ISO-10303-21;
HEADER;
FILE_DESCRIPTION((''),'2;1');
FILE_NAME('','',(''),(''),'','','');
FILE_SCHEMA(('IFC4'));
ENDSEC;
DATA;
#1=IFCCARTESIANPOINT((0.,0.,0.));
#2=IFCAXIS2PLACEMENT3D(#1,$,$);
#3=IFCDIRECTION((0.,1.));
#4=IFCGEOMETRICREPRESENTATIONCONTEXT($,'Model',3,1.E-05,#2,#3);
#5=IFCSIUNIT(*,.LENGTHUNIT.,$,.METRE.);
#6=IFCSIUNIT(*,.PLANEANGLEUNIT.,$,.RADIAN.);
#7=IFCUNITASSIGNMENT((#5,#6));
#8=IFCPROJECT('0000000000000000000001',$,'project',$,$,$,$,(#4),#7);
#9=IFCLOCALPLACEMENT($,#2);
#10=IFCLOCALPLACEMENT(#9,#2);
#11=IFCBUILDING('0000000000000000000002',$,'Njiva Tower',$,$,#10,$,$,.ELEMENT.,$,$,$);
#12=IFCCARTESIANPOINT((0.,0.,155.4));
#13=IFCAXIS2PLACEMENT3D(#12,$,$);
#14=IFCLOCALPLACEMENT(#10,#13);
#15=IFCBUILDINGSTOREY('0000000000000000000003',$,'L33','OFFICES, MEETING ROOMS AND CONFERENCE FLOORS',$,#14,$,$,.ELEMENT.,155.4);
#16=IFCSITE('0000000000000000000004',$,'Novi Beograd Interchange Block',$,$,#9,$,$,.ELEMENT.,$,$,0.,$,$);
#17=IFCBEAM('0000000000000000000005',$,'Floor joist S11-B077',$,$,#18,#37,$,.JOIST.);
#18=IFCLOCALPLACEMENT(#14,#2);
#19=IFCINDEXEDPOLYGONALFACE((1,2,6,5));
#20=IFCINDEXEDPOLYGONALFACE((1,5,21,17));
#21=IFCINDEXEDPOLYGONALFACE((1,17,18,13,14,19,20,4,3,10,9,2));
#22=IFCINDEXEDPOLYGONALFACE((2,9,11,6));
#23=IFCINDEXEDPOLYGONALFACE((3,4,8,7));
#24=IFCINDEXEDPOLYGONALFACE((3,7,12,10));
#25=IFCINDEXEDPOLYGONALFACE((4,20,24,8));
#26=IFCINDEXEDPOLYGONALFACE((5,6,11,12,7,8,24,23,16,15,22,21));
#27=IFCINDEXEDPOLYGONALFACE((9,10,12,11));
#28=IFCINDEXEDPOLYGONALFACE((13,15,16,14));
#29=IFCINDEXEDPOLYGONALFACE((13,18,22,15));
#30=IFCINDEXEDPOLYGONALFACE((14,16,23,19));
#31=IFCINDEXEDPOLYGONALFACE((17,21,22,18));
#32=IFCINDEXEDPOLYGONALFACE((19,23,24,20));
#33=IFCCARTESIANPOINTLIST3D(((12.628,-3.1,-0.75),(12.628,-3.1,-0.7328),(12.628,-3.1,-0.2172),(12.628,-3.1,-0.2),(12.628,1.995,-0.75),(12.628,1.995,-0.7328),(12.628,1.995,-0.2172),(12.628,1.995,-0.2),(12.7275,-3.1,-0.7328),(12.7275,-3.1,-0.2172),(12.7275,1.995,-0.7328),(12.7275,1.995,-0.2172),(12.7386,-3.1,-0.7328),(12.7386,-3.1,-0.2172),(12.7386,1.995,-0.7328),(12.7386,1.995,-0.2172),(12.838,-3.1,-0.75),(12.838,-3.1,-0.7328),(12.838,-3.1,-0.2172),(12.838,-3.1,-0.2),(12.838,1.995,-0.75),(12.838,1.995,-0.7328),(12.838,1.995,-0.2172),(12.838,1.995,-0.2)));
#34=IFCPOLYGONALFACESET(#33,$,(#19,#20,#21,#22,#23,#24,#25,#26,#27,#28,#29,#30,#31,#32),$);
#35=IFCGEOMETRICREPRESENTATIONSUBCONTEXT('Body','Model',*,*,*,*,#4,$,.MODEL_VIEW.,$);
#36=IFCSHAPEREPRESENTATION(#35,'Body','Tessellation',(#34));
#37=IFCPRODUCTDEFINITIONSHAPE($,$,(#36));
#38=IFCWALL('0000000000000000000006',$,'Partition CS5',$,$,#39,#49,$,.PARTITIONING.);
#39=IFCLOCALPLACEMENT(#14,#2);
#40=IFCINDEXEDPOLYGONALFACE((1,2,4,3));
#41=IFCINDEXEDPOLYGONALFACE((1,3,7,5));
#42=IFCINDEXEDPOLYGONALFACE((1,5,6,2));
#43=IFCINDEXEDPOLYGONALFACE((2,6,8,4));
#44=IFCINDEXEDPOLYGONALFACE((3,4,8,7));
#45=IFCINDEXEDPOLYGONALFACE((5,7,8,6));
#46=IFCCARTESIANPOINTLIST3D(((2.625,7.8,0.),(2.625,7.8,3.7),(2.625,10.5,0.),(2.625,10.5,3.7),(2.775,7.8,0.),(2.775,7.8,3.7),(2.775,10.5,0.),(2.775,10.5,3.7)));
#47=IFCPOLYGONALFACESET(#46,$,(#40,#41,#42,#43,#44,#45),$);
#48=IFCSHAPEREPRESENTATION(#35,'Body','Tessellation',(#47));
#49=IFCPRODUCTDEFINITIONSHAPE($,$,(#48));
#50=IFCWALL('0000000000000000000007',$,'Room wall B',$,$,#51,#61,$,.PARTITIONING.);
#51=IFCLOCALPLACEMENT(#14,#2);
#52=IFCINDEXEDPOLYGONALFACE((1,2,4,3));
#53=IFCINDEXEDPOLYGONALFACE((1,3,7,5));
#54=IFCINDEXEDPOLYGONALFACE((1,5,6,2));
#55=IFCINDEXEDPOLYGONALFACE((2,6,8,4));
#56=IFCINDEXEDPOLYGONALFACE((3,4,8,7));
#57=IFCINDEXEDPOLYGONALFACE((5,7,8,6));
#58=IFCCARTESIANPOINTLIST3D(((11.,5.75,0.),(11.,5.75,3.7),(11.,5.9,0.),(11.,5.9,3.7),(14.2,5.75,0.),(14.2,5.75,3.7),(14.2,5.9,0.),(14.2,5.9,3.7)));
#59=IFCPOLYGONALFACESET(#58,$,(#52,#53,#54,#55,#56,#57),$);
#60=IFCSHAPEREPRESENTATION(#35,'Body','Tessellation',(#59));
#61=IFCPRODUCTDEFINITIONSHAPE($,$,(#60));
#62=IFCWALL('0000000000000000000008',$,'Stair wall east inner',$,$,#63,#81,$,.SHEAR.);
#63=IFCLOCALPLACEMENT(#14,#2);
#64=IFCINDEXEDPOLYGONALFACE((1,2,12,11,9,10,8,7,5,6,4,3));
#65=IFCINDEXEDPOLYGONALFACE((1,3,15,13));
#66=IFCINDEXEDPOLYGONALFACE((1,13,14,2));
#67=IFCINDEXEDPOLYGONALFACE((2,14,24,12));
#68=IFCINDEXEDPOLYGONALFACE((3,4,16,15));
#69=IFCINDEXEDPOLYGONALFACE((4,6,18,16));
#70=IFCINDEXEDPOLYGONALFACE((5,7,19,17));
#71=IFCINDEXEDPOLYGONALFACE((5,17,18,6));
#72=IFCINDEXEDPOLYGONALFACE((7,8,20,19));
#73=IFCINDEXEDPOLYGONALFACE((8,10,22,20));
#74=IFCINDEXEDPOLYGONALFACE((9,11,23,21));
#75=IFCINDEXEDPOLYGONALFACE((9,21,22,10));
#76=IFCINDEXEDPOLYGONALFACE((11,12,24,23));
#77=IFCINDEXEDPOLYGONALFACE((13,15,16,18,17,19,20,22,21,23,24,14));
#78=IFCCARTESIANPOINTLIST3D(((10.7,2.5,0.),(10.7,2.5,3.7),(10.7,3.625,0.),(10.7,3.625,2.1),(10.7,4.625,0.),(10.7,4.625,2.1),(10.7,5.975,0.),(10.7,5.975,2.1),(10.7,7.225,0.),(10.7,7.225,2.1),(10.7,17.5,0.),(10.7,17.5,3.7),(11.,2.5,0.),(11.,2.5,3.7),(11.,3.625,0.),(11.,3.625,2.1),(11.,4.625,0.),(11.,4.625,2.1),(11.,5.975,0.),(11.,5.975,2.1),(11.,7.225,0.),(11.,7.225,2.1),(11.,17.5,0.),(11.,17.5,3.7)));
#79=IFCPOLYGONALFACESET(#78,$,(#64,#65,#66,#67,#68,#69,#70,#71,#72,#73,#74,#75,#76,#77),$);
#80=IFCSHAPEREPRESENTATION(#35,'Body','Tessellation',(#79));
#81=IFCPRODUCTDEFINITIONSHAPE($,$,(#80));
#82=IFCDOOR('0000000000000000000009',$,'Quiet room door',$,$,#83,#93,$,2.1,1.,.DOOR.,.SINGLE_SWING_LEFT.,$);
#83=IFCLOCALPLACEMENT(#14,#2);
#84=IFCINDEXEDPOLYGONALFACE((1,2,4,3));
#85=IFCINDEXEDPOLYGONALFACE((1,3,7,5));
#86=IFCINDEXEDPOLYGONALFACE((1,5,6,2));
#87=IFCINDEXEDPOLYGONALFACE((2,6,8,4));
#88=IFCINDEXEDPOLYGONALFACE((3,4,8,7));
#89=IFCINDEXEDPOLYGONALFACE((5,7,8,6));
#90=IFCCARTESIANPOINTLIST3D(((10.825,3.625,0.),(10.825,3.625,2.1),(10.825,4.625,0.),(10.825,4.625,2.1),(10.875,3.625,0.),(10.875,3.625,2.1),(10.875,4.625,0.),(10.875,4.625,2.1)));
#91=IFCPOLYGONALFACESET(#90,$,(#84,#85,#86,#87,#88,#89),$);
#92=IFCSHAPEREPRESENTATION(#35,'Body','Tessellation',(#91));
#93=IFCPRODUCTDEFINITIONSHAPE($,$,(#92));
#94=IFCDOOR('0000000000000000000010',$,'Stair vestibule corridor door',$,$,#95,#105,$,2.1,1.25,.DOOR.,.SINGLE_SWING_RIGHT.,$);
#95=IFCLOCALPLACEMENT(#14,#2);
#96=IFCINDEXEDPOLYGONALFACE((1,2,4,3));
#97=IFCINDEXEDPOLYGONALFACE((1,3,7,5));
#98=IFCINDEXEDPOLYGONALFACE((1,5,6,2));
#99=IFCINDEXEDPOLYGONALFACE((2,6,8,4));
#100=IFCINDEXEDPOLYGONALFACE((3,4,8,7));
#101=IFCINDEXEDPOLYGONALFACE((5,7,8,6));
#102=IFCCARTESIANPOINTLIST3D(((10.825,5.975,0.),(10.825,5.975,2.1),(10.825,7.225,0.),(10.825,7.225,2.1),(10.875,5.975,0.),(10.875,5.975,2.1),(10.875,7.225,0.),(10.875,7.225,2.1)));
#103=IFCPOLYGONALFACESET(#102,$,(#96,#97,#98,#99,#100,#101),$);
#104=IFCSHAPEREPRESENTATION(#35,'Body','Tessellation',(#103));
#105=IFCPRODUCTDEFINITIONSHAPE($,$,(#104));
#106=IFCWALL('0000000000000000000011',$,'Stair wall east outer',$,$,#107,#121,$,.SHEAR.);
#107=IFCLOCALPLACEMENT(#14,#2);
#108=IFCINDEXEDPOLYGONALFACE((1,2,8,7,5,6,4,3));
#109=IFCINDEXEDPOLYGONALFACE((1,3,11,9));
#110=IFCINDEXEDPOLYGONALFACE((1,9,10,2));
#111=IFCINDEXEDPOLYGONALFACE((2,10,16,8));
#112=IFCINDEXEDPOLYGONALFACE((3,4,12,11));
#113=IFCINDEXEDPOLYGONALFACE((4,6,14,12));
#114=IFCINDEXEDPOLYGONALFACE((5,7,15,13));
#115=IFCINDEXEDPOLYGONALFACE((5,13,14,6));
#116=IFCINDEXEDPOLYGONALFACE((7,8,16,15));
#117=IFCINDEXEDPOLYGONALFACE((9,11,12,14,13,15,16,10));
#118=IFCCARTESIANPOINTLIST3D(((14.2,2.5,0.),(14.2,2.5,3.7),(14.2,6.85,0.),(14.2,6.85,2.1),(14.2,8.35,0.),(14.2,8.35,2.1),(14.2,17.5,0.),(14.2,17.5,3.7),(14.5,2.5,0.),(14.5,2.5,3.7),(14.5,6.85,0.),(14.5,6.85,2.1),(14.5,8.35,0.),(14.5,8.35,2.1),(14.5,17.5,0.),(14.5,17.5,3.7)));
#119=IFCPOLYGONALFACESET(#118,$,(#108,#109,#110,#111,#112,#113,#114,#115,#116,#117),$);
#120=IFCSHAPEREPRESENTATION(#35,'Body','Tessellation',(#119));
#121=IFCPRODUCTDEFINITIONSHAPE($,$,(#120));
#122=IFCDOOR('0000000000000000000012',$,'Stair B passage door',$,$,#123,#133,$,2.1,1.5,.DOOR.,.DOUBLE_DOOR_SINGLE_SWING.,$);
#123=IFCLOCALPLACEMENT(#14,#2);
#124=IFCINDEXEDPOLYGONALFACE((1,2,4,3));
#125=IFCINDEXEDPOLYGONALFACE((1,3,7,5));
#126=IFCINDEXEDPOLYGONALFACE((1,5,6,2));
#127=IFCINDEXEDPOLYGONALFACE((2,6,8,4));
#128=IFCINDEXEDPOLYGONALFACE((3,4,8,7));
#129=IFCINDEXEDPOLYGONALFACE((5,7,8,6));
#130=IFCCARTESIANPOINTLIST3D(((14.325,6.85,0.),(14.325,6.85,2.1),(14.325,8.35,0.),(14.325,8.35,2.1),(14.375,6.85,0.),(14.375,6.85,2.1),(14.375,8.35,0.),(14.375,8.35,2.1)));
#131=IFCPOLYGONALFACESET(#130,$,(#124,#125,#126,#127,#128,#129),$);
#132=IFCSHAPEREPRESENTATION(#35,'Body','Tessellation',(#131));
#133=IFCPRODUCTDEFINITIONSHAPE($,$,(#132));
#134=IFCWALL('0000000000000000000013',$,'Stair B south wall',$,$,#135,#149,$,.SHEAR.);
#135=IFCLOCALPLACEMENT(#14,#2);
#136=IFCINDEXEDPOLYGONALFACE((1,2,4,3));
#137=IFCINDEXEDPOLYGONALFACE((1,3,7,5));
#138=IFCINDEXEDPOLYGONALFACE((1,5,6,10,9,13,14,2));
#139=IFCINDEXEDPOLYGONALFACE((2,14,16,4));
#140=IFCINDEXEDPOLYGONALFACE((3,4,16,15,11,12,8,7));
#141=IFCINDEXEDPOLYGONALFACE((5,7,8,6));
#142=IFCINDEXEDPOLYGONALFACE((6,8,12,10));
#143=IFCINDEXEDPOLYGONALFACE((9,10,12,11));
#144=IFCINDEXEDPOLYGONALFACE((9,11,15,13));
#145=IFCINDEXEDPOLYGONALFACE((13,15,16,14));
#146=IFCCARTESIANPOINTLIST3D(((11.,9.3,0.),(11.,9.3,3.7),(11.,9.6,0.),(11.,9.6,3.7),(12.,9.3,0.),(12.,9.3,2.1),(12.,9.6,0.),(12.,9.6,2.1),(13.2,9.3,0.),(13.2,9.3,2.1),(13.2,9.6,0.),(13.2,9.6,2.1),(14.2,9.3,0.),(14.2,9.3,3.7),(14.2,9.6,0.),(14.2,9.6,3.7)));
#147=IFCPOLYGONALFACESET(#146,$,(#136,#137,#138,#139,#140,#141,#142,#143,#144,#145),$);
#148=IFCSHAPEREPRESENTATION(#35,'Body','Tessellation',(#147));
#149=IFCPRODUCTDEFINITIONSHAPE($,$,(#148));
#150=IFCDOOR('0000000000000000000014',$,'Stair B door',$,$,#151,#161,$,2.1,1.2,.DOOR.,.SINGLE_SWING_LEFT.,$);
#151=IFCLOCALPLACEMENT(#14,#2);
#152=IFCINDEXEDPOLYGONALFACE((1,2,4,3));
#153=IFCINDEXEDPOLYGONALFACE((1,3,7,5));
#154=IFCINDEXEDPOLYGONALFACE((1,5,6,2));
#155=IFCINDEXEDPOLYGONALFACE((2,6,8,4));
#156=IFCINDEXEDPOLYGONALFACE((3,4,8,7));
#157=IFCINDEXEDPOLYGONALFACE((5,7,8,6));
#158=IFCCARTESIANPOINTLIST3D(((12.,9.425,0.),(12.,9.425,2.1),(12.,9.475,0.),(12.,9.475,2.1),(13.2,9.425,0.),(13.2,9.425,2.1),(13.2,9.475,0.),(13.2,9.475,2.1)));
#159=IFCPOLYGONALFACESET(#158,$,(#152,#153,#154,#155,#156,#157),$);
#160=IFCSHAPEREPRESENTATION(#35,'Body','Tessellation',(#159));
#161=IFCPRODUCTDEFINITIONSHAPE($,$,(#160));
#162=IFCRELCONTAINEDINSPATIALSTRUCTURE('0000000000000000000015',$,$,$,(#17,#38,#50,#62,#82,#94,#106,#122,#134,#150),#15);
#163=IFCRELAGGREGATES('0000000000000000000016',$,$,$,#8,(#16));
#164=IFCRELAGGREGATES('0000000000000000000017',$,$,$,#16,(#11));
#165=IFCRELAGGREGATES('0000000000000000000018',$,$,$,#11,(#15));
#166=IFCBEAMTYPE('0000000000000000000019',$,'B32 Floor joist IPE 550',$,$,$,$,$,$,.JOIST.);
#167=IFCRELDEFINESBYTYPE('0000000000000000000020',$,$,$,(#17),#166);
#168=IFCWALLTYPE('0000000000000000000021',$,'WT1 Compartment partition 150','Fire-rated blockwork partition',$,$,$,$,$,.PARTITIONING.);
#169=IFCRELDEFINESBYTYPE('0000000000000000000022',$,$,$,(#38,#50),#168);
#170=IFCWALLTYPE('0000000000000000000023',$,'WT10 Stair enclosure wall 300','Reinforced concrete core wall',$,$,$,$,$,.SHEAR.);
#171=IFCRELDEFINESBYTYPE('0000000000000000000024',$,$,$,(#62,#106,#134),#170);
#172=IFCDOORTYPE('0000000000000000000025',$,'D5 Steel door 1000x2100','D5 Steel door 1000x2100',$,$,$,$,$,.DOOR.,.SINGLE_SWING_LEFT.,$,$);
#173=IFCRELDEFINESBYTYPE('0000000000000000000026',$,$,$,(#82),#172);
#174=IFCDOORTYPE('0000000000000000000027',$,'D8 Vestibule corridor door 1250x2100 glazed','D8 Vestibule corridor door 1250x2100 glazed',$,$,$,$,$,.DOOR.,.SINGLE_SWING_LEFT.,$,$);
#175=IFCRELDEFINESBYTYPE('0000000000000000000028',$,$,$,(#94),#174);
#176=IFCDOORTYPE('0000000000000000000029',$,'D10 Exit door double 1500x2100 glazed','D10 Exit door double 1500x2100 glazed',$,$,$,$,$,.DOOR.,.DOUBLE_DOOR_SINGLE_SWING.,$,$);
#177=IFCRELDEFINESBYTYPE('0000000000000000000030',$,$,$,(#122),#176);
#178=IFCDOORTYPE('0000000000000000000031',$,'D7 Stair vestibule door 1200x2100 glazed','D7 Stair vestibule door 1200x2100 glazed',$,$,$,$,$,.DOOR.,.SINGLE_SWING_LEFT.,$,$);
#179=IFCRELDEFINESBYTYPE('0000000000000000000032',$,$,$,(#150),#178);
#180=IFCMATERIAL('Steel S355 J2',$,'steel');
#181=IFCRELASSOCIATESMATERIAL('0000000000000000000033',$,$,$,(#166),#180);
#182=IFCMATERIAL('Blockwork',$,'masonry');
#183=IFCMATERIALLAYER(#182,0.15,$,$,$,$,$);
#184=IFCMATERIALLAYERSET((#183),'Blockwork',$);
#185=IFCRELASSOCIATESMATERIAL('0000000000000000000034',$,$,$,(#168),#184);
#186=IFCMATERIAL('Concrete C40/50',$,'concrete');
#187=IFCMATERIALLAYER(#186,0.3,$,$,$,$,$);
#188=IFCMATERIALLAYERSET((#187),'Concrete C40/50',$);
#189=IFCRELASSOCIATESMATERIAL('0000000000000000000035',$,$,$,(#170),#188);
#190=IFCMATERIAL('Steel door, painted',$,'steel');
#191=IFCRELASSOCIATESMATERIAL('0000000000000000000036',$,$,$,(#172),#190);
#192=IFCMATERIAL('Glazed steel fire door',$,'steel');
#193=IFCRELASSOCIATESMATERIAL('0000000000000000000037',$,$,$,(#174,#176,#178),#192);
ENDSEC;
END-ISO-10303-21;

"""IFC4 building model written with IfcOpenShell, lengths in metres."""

from ifc_helpers import new_model, si_unit, direction, frame, frame_2d, origin, origin_2d, place, context, subcontext, project, spatial, rectangle, i_section, extrude, material, layer, layer_set, material_profile, profile_set, type_object, element, fill, save


model = new_model("IFC4")

# Units and contexts
model_context = context("Model", 3, precision=1e-05, world=origin(), true_north=direction((0.0, 1.0)))
body_context = subcontext(model_context, "Body", "Model", "MODEL_VIEW")
ifc_project = project(units=[si_unit("LENGTHUNIT", "METRE"), si_unit("PLANEANGLEUNIT", "RADIAN")], contexts=[model_context])

# Site, building, storey
site_placement = place(None, origin())
site = spatial("IfcSite", under=ifc_project, at=site_placement, Name="Novi Beograd Interchange Block", CompositionType="ELEMENT", RefElevation=0.0)
building_placement = place(site_placement, origin())
building = spatial("IfcBuilding", under=site, at=building_placement, Name="Njiva Tower", CompositionType="ELEMENT")
storey_placement = place(building_placement, frame((0.0, 0.0, 155.4)))
storey = spatial("IfcBuildingStorey", under=building, at=storey_placement, Name="L33", Description="OFFICES, MEETING ROOMS AND CONFERENCE FLOORS", CompositionType="ELEMENT", Elevation=155.4)

# Shared definitions
ifc_material_1 = material(Name="Steel S355 J2", Category="steel")

# Beam
ifc_material_profile_1 = material_profile(ifc_material_1, i_section(OverallWidth=0.21, OverallDepth=0.55, WebThickness=0.0111, FlangeThickness=0.0172, at=origin_2d()), Name="IPE 550")
ifc_profile_set_1 = profile_set([ifc_material_profile_1], Name="Steel S355 J2")
beam_type_1 = type_object("IfcBeamType", Name="B32 Floor joist IPE 550", PredefinedType="JOIST", material=ifc_profile_set_1)
for number, where, z_axis, x_axis, name in (
    (1, (12.733, 1.995, -0.475), (0.0, -1.0, 0.0), (1.0, 0.0, 0.0), "Floor joist S11-B077"),
):
    element("IfcBeam", number, at=place(storey_placement, frame(where, z_axis=z_axis, x_axis=x_axis)), inside=storey, type_object=beam_type_1, Name=name, PredefinedType="JOIST", context=body_context, shape_type="SweptSolid", body=[
        extrude(i_section(OverallWidth=0.21, OverallDepth=0.55, WebThickness=0.0111, FlangeThickness=0.0172, at=origin_2d()), origin(), (0.0, 0.0, 1.0), 5.095),
    ])

# Walls
ifc_material_2 = material(Name="Blockwork", Category="masonry")
ifc_layer_1 = layer(ifc_material_2, 0.15)
ifc_layer_set_1 = layer_set([ifc_layer_1], Name="Blockwork")
wall_type_1 = type_object("IfcWallType", Name="WT1 Compartment partition 150", Description="Fire-rated blockwork partition", PredefinedType="PARTITIONING", material=ifc_layer_set_1)
wall_1_placement = place(storey_placement, frame((2.7, 7.8, 0.0), z_axis=(0.0, 0.0, 1.0), x_axis=(0.0, 1.0, 0.0)))
element("IfcWall", 2, at=wall_1_placement, inside=storey, type_object=wall_type_1, Name="Partition CS5", PredefinedType="PARTITIONING", context=body_context, shape_type="SweptSolid", body=[
    extrude(rectangle(XDim=2.7, YDim=0.15, at=frame_2d((1.35, 0.0))), origin(), (0.0, 0.0, 1.0), 3.7),
])
wall_2_placement = place(storey_placement, frame((11.0, 5.825, 0.0), z_axis=(0.0, 0.0, 1.0), x_axis=(1.0, 0.0, 0.0)))
element("IfcWall", 3, at=wall_2_placement, inside=storey, type_object=wall_type_1, Name="Room wall B", PredefinedType="PARTITIONING", context=body_context, shape_type="SweptSolid", body=[
    extrude(rectangle(XDim=3.2, YDim=0.15, at=frame_2d((1.6, 0.0))), origin(), (0.0, 0.0, 1.0), 3.7),
])

# Wall, openings, doors
ifc_material_3 = material(Name="Concrete C40/50", Category="concrete")
ifc_layer_2 = layer(ifc_material_3, 0.3)
ifc_layer_set_2 = layer_set([ifc_layer_2], Name="Concrete C40/50")
wall_type_2 = type_object("IfcWallType", Name="WT10 Stair enclosure wall 300", Description="Reinforced concrete core wall", PredefinedType="SHEAR", material=ifc_layer_set_2)
wall_3_placement = place(storey_placement, frame((10.85, 2.5, 0.0), z_axis=(0.0, 0.0, 1.0), x_axis=(0.0, 1.0, 0.0)))
wall_3 = element("IfcWall", 4, at=wall_3_placement, inside=storey, type_object=wall_type_2, Name="Stair wall east inner", PredefinedType="SHEAR", context=body_context, shape_type="SweptSolid", body=[
    extrude(rectangle(XDim=15.0, YDim=0.3, at=frame_2d((7.5, 0.0))), origin(), (0.0, 0.0, 1.0), 3.7),
])
opening_1_placement = place(wall_3_placement, frame((3.475, 0.0, 0.0)))
opening_1 = element("IfcOpeningElement", 5, at=opening_1_placement, cuts=wall_3, PredefinedType="OPENING", context=body_context, shape_type="SweptSolid", body=[
    extrude(rectangle(XDim=1.25, YDim=2.1, at=frame_2d((0.625, 1.05))), frame((0.0, 0.16, 0.0), z_axis=(0.0, -1.0, 0.0), x_axis=(1.0, 0.0, 0.0)), (0.0, 0.0, 1.0), 0.32),
])
opening_2_placement = place(wall_3_placement, frame((1.125, 0.0, 0.0)))
opening_2 = element("IfcOpeningElement", 6, at=opening_2_placement, cuts=wall_3, PredefinedType="OPENING", context=body_context, shape_type="SweptSolid", body=[
    extrude(rectangle(XDim=1.0, YDim=2.1, at=frame_2d((0.5, 1.05))), frame((0.0, 0.16, 0.0), z_axis=(0.0, -1.0, 0.0), x_axis=(1.0, 0.0, 0.0)), (0.0, 0.0, 1.0), 0.32),
])
ifc_material_4 = material(Name="Steel door, painted", Category="steel")
door_type_1 = type_object("IfcDoorType", Name="D5 Steel door 1000x2100", Description="D5 Steel door 1000x2100", OperationType="SINGLE_SWING_LEFT", PredefinedType="DOOR", material=ifc_material_4)
door_1_placement = place(opening_2_placement, origin())
door_1 = element("IfcDoor", 7, at=door_1_placement, inside=storey, type_object=door_type_1, Name="Quiet room door", OperationType="SINGLE_SWING_LEFT", OverallHeight=2.1, OverallWidth=1.0, PredefinedType="DOOR", context=body_context, shape_type="SweptSolid", body=[
    extrude(rectangle(XDim=1.0, YDim=2.1, at=frame_2d((0.5, 1.05))), frame((0.0, 0.025, 0.0), z_axis=(0.0, -1.0, 0.0), x_axis=(1.0, 0.0, 0.0)), (0.0, 0.0, 1.0), 0.05),
])
fill(opening_2, door_1)
ifc_material_5 = material(Name="Glazed steel fire door", Category="steel")
door_type_2 = type_object("IfcDoorType", Name="D8 Vestibule corridor door 1250x2100 glazed", Description="D8 Vestibule corridor door 1250x2100 glazed", OperationType="SINGLE_SWING_LEFT", PredefinedType="DOOR", material=ifc_material_5)
door_2_placement = place(opening_1_placement, origin())
door_2 = element("IfcDoor", 8, at=door_2_placement, inside=storey, type_object=door_type_2, Name="Stair vestibule corridor door", OperationType="SINGLE_SWING_RIGHT", OverallHeight=2.1, OverallWidth=1.25, PredefinedType="DOOR", context=body_context, shape_type="SweptSolid", body=[
    extrude(rectangle(XDim=1.25, YDim=2.1, at=frame_2d((0.625, 1.05))), frame((0.0, 0.025, 0.0), z_axis=(0.0, -1.0, 0.0), x_axis=(1.0, 0.0, 0.0)), (0.0, 0.0, 1.0), 0.05),
])
fill(opening_1, door_2)

# Walls, openings, doors
wall_4_placement = place(storey_placement, frame((14.35, 2.5, 0.0), z_axis=(0.0, 0.0, 1.0), x_axis=(0.0, 1.0, 0.0)))
wall_4 = element("IfcWall", 9, at=wall_4_placement, inside=storey, type_object=wall_type_2, Name="Stair wall east outer", PredefinedType="SHEAR", context=body_context, shape_type="SweptSolid", body=[
    extrude(rectangle(XDim=15.0, YDim=0.3, at=frame_2d((7.5, 0.0))), origin(), (0.0, 0.0, 1.0), 3.7),
])
opening_3_placement = place(wall_4_placement, frame((4.35, 0.0, 0.0)))
opening_3 = element("IfcOpeningElement", 10, at=opening_3_placement, cuts=wall_4, PredefinedType="OPENING", context=body_context, shape_type="SweptSolid", body=[
    extrude(rectangle(XDim=1.5, YDim=2.1, at=frame_2d((0.75, 1.05))), frame((0.0, 0.16, 0.0), z_axis=(0.0, -1.0, 0.0), x_axis=(1.0, 0.0, 0.0)), (0.0, 0.0, 1.0), 0.32),
])
door_type_3 = type_object("IfcDoorType", Name="D10 Exit door double 1500x2100 glazed", Description="D10 Exit door double 1500x2100 glazed", OperationType="DOUBLE_DOOR_SINGLE_SWING", PredefinedType="DOOR", material=ifc_material_5)
door_3_placement = place(opening_3_placement, origin())
door_3 = element("IfcDoor", 11, at=door_3_placement, inside=storey, type_object=door_type_3, Name="Stair B passage door", OperationType="DOUBLE_DOOR_SINGLE_SWING", OverallHeight=2.1, OverallWidth=1.5, PredefinedType="DOOR", context=body_context, shape_type="SweptSolid", body=[
    extrude(rectangle(XDim=1.5, YDim=2.1, at=frame_2d((0.75, 1.05))), frame((0.0, 0.025, 0.0), z_axis=(0.0, -1.0, 0.0), x_axis=(1.0, 0.0, 0.0)), (0.0, 0.0, 1.0), 0.05),
])
fill(opening_3, door_3)
wall_5_placement = place(storey_placement, frame((11.0, 9.45, 0.0), z_axis=(0.0, 0.0, 1.0), x_axis=(1.0, 0.0, 0.0)))
wall_5 = element("IfcWall", 12, at=wall_5_placement, inside=storey, type_object=wall_type_2, Name="Stair B south wall", PredefinedType="SHEAR", context=body_context, shape_type="SweptSolid", body=[
    extrude(rectangle(XDim=3.2, YDim=0.3, at=frame_2d((1.6, 0.0))), origin(), (0.0, 0.0, 1.0), 3.7),
])
opening_4_placement = place(wall_5_placement, frame((1.0, 0.0, 0.0)))
opening_4 = element("IfcOpeningElement", 13, at=opening_4_placement, cuts=wall_5, PredefinedType="OPENING", context=body_context, shape_type="SweptSolid", body=[
    extrude(rectangle(XDim=1.2, YDim=2.1, at=frame_2d((0.6, 1.05))), frame((0.0, 0.16, 0.0), z_axis=(0.0, -1.0, 0.0), x_axis=(1.0, 0.0, 0.0)), (0.0, 0.0, 1.0), 0.32),
])
door_type_4 = type_object("IfcDoorType", Name="D7 Stair vestibule door 1200x2100 glazed", Description="D7 Stair vestibule door 1200x2100 glazed", OperationType="SINGLE_SWING_LEFT", PredefinedType="DOOR", material=ifc_material_5)
door_4_placement = place(opening_4_placement, origin())
door_4 = element("IfcDoor", 14, at=door_4_placement, inside=storey, type_object=door_type_4, Name="Stair B door", OperationType="SINGLE_SWING_LEFT", OverallHeight=2.1, OverallWidth=1.2, PredefinedType="DOOR", context=body_context, shape_type="SweptSolid", body=[
    extrude(rectangle(XDim=1.2, YDim=2.1, at=frame_2d((0.6, 1.05))), frame((0.0, 0.025, 0.0), z_axis=(0.0, -1.0, 0.0), x_axis=(1.0, 0.0, 0.0)), (0.0, 0.0, 1.0), 0.05),
])
fill(opening_4, door_4)

save(model, "model.ifc")
